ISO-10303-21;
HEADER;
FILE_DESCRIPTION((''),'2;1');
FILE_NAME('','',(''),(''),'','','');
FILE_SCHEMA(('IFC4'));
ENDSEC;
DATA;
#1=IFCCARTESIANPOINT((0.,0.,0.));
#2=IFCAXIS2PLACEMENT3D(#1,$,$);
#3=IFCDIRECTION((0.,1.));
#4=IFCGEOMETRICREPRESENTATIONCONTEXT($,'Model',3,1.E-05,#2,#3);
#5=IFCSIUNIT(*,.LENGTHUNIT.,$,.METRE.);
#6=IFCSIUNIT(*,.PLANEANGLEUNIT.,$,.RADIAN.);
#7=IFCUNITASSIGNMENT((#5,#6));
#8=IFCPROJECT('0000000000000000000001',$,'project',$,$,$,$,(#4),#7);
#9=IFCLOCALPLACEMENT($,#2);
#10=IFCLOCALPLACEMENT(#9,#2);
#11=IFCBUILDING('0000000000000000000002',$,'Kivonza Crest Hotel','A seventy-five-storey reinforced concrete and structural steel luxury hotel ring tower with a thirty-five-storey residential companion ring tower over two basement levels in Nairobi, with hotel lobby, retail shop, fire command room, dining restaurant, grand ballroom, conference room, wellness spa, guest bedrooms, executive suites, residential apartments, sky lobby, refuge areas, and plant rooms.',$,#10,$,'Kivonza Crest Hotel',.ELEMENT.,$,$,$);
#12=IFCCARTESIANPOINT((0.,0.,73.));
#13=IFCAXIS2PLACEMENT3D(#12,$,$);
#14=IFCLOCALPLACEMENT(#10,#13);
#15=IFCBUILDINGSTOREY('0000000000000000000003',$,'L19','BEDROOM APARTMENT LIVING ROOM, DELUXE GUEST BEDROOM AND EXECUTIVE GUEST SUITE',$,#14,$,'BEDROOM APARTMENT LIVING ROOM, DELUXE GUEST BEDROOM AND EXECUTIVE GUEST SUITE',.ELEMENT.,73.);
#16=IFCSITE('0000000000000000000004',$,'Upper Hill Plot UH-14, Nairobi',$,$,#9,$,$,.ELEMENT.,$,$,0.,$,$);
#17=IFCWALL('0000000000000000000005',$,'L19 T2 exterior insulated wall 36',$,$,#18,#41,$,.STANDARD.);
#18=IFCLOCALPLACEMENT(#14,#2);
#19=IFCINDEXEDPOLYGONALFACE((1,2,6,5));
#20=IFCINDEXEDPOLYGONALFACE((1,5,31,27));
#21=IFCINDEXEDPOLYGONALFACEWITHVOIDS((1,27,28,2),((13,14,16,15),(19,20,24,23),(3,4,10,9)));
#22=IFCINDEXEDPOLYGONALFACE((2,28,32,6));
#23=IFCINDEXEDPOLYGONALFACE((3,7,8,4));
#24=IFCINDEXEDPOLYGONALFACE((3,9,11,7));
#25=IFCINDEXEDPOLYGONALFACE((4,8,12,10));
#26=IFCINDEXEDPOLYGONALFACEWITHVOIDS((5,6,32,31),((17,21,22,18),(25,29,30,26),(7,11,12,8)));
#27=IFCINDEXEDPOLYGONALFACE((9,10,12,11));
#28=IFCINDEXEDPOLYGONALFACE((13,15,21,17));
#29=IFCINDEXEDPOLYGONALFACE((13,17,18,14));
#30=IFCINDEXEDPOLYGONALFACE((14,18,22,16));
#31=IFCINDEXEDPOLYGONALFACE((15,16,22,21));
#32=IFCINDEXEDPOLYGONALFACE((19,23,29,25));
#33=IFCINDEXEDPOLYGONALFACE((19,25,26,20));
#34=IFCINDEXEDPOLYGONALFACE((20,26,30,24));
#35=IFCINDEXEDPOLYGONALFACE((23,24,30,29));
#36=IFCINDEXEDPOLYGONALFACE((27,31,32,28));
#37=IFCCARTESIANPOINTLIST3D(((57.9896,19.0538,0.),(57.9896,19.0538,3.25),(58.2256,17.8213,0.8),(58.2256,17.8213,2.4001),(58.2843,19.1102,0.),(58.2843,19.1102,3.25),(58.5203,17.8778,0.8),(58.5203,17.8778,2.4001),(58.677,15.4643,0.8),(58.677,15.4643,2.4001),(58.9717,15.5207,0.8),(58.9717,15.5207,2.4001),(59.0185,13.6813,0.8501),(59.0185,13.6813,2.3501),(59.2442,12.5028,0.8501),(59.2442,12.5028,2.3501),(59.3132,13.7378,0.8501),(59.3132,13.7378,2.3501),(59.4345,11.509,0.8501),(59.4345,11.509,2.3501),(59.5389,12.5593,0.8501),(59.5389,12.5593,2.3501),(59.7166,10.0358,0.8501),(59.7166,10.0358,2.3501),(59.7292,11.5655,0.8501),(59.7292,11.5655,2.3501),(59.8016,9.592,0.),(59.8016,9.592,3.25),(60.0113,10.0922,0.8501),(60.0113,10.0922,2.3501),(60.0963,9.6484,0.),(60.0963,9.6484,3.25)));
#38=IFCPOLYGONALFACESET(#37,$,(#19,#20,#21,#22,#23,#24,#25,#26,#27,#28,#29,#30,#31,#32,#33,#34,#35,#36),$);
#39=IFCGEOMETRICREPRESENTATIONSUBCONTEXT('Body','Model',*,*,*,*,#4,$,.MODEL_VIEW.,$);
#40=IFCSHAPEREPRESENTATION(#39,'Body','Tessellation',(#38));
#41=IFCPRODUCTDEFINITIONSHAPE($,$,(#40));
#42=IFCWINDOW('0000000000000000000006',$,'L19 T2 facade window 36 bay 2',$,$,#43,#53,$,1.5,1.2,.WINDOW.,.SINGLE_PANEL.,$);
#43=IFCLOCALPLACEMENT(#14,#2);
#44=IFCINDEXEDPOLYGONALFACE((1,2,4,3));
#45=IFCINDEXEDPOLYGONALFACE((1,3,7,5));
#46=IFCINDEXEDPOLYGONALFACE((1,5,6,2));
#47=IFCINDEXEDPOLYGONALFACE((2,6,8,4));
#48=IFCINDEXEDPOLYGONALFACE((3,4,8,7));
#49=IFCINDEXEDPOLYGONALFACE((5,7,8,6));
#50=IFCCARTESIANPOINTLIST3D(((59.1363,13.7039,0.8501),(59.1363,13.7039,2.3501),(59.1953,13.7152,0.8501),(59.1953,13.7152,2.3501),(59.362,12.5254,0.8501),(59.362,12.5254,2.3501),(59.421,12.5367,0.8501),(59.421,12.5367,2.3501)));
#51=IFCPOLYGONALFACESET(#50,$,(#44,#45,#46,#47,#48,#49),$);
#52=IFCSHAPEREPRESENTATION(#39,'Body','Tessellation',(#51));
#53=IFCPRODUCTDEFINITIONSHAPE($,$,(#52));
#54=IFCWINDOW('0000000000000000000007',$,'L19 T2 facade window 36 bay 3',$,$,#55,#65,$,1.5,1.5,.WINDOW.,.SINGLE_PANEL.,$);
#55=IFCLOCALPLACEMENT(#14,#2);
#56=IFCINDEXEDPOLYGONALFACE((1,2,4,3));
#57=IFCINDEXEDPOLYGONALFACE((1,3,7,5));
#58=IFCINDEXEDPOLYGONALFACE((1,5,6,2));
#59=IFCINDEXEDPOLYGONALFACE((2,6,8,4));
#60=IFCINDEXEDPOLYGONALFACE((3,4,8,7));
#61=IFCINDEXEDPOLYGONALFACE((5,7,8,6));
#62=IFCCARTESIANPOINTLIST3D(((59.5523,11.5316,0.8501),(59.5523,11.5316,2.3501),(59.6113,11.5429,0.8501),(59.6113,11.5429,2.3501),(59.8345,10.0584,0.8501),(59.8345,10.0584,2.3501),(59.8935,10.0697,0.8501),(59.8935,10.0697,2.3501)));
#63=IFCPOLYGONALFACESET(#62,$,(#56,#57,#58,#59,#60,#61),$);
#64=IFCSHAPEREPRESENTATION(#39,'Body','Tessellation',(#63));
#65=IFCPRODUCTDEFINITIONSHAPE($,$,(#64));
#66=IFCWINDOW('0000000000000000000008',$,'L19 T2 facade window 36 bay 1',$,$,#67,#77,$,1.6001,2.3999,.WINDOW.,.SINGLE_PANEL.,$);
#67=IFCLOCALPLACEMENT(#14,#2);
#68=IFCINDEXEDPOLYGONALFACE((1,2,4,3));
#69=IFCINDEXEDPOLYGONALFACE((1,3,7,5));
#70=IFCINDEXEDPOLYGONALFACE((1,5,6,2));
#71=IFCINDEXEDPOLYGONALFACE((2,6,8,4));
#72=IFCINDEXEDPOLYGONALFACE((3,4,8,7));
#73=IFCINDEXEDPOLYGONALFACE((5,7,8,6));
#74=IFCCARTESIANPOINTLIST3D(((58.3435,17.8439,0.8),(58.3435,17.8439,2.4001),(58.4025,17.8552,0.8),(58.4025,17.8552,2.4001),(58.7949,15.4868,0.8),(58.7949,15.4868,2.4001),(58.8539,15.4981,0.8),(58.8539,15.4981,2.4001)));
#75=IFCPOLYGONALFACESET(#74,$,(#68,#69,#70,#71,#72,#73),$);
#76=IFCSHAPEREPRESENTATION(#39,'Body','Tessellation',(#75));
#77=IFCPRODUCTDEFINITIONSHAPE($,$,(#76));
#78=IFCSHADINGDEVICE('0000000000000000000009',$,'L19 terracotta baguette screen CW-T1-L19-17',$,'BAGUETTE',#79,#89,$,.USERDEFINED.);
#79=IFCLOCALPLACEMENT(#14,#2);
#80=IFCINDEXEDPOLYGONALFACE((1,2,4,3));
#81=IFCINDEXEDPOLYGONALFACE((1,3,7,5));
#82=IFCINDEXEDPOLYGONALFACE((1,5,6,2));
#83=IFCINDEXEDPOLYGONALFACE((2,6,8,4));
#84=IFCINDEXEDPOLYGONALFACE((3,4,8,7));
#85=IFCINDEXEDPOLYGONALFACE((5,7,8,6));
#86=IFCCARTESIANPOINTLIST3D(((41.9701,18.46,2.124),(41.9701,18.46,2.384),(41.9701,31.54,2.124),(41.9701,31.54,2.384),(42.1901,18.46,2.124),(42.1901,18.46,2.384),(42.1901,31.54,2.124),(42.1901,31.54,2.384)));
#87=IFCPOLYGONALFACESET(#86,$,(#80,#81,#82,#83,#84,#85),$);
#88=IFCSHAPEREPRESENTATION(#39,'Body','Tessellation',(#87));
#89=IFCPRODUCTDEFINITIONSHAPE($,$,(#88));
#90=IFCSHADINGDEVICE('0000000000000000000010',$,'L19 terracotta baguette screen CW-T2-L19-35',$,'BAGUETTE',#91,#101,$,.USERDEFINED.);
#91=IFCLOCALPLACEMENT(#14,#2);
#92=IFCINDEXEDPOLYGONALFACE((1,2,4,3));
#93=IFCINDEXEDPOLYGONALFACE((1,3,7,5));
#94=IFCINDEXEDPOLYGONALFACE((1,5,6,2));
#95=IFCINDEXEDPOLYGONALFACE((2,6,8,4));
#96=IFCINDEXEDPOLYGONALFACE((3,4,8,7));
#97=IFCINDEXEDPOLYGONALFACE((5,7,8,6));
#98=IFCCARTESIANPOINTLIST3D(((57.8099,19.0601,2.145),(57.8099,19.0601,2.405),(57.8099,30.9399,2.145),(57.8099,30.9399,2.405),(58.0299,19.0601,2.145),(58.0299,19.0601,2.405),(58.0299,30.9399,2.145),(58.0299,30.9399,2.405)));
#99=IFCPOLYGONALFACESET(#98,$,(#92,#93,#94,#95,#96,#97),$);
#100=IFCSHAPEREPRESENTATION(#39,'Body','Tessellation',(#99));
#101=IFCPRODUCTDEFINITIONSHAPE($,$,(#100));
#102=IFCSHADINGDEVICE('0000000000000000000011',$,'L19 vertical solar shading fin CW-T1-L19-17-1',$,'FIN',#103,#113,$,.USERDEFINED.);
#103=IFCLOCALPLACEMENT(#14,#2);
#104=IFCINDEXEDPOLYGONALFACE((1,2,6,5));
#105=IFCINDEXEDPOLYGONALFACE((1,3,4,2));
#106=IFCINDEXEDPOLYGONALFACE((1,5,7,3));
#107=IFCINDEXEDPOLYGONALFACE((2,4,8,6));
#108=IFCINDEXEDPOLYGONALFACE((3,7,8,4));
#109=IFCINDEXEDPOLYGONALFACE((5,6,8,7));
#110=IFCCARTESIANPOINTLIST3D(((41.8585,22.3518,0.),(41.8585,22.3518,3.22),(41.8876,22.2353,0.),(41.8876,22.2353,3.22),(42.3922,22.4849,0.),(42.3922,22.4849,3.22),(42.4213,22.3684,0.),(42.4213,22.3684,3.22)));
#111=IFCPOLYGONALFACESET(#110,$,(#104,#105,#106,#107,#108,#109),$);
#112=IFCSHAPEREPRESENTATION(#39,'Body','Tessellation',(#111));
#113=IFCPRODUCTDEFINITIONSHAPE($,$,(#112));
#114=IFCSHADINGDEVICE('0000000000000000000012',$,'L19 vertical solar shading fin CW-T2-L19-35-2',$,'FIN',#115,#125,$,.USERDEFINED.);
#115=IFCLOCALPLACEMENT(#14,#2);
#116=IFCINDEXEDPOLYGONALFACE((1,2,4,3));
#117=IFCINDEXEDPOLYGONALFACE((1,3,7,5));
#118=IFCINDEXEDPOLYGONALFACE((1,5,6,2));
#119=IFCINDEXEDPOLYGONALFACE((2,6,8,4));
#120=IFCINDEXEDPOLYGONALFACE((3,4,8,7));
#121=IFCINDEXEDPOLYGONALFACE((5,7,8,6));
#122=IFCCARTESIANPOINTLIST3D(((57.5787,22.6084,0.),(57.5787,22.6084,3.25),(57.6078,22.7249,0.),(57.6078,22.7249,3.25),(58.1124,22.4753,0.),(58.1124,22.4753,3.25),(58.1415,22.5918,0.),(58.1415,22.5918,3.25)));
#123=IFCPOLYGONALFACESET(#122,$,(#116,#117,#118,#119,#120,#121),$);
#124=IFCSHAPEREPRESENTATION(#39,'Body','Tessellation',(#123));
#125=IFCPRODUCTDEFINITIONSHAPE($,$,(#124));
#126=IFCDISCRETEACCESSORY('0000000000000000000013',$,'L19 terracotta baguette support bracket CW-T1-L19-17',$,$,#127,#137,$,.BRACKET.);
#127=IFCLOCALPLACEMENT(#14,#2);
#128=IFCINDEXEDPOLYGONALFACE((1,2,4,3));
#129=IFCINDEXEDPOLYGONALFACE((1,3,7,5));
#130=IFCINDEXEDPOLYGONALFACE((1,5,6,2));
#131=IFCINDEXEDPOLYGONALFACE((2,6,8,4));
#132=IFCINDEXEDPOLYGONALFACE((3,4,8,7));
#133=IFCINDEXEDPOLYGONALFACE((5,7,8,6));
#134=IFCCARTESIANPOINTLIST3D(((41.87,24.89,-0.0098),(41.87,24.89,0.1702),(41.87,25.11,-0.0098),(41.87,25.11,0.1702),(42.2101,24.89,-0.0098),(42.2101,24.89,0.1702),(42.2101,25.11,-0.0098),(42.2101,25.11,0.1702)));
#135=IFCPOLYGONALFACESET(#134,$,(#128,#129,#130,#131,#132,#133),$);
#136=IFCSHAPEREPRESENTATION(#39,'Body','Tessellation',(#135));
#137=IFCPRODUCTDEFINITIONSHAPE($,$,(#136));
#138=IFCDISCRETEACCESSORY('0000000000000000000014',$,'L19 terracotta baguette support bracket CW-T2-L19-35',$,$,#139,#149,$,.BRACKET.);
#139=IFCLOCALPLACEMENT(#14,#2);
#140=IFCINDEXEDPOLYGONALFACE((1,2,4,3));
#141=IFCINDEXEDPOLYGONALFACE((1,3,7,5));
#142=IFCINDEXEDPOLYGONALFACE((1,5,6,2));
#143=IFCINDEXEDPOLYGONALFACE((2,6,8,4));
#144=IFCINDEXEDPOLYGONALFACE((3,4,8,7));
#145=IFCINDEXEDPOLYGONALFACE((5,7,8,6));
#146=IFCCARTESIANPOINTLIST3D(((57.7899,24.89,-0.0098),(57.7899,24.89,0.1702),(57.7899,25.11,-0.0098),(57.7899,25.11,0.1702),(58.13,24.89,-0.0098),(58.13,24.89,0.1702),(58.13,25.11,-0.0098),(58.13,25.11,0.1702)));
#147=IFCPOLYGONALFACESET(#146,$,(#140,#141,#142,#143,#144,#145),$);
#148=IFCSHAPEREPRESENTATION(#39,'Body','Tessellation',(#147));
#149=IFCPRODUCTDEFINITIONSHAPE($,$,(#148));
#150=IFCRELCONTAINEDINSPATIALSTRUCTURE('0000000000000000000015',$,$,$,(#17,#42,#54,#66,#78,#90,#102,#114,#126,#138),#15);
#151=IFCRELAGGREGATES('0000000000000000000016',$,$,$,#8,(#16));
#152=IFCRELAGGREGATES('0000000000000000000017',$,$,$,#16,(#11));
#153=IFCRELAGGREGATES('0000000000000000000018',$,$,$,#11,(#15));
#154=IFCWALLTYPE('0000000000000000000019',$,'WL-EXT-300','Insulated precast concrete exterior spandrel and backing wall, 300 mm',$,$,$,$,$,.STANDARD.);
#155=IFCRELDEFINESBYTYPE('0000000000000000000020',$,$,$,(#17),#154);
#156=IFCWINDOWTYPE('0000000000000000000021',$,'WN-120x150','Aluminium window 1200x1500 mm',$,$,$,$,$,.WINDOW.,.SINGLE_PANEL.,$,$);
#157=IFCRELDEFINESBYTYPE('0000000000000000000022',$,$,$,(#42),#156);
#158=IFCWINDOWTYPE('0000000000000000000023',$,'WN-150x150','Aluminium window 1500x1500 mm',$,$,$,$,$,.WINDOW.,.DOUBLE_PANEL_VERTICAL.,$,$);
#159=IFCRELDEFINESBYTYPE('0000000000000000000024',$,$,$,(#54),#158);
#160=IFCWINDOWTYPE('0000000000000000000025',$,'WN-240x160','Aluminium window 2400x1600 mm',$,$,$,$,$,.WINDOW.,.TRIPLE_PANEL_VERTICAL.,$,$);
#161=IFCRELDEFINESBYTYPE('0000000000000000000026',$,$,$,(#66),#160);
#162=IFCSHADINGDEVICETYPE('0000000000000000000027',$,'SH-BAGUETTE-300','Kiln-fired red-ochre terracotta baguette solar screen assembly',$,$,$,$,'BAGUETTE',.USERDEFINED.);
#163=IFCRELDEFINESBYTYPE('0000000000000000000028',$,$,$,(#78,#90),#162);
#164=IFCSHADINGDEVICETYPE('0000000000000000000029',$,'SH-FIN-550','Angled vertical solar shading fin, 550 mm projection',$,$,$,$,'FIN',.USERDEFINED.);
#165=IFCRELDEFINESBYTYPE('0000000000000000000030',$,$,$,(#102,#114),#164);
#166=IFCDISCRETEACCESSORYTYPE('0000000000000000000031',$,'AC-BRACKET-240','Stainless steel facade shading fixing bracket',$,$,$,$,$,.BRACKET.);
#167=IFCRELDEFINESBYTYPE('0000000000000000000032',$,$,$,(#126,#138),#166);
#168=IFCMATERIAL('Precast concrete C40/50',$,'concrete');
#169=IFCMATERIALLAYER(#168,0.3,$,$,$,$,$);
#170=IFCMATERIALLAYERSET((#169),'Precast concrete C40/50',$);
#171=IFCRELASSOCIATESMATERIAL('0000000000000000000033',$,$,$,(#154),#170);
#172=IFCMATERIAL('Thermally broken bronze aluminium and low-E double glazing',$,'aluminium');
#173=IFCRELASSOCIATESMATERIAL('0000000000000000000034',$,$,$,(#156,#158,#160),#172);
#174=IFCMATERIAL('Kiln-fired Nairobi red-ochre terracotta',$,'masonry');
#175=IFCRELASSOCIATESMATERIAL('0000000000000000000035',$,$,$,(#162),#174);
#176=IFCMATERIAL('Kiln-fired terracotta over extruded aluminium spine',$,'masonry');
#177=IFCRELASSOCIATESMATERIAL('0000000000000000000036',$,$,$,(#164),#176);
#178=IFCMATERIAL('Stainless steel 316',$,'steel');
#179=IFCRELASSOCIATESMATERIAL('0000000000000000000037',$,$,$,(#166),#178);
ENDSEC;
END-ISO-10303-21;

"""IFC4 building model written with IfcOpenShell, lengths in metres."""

from ifc_helpers import new_model, si_unit, direction, frame, frame_2d, origin, origin_2d, place, context, subcontext, project, spatial, rectangle, extrude, material, layer, layer_set, type_object, element, fill, save


model = new_model("IFC4")

# Units and contexts
model_context = context("Model", 3, precision=1e-05, world=origin(), true_north=direction((0.0, 1.0)))
body_context = subcontext(model_context, "Body", "Model", "MODEL_VIEW")
ifc_project = project(units=[si_unit("LENGTHUNIT", "METRE"), si_unit("PLANEANGLEUNIT", "RADIAN")], contexts=[model_context])

# Site, building, storey
site_placement = place(None, origin())
site = spatial("IfcSite", under=ifc_project, at=site_placement, Name="Upper Hill Plot UH-14, Nairobi", CompositionType="ELEMENT", RefElevation=0.0)
building_placement = place(site_placement, origin())
building = spatial("IfcBuilding", under=site, at=building_placement, Name="Kivonza Crest Hotel", Description="A seventy-five-storey reinforced concrete and structural steel luxury hotel ring tower with a thirty-five-storey residential companion ring tower over two basement levels in Nairobi, with hotel lobby, retail shop, fire command room, dining restaurant, grand ballroom, conference room, wellness spa, guest bedrooms, executive suites, residential apartments, sky lobby, refuge areas, and plant rooms.", LongName="Kivonza Crest Hotel", CompositionType="ELEMENT")
storey_placement = place(building_placement, frame((0.0, 0.0, 73.0)))
storey = spatial("IfcBuildingStorey", under=building, at=storey_placement, Name="L19", Description="BEDROOM APARTMENT LIVING ROOM, DELUXE GUEST BEDROOM AND EXECUTIVE GUEST SUITE", LongName="BEDROOM APARTMENT LIVING ROOM, DELUXE GUEST BEDROOM AND EXECUTIVE GUEST SUITE", CompositionType="ELEMENT", Elevation=73.0)

# Wall, openings, windows
ifc_material_1 = material(Name="Precast concrete C40/50", Category="concrete")
ifc_layer_1 = layer(ifc_material_1, 0.3)
ifc_layer_set_1 = layer_set([ifc_layer_1], Name="Precast concrete C40/50")
wall_type_1 = type_object("IfcWallType", Name="WL-EXT-300", Description="Insulated precast concrete exterior spandrel and backing wall, 300 mm", PredefinedType="STANDARD", material=ifc_layer_set_1)
wall_1_placement = place(storey_placement, frame((58.137, 19.082, 0.0), z_axis=(0.0, 0.0, 1.0), x_axis=(0.188088, -0.982152, 0.0)))
wall_1 = element("IfcWall", 1, at=wall_1_placement, inside=storey, type_object=wall_type_1, Name="L19 T2 exterior insulated wall 36", PredefinedType="STANDARD", context=body_context, shape_type="SweptSolid", body=[
    extrude(rectangle(XDim=9.6338, YDim=0.3, at=frame_2d((4.8169, 0.0))), origin(), (0.0, 0.0, 1.0), 3.25),
])
opening_1_placement = place(wall_1_placement, frame((1.2549, 0.0, 0.8)))
opening_1 = element("IfcOpeningElement", 2, at=opening_1_placement, cuts=wall_1, PredefinedType="OPENING", context=body_context, shape_type="SweptSolid", body=[
    extrude(rectangle(XDim=2.3999, YDim=1.6001, at=frame_2d((1.2, 0.8))), frame((0.0, 0.1602, 0.0), z_axis=(0.0, -1.0, 0.0), x_axis=(1.0, 0.0, 0.0)), (0.0, 0.0, 1.0), 0.3201),
])
opening_2_placement = place(wall_1_placement, frame((5.47, 0.0, 0.8501)))
opening_2 = element("IfcOpeningElement", 3, at=opening_2_placement, cuts=wall_1, PredefinedType="OPENING", context=body_context, shape_type="SweptSolid", body=[
    extrude(rectangle(XDim=1.2, YDim=1.5, at=frame_2d((0.6001, 0.75))), frame((0.0, 0.1602, 0.0), z_axis=(0.0, -1.0, 0.0), x_axis=(1.0, 0.0, 0.0)), (0.0, 0.0, 1.0), 0.3201),
])
opening_3_placement = place(wall_1_placement, frame((7.6819, 0.0, 0.8501)))
opening_3 = element("IfcOpeningElement", 4, at=opening_3_placement, cuts=wall_1, PredefinedType="OPENING", context=body_context, shape_type="SweptSolid", body=[
    extrude(rectangle(XDim=1.5, YDim=1.5, at=frame_2d((0.75, 0.75))), frame((0.0, 0.1602, 0.0), z_axis=(0.0, -1.0, 0.0), x_axis=(1.0, 0.0, 0.0)), (0.0, 0.0, 1.0), 0.3201),
])
ifc_material_2 = material(Name="Thermally broken bronze aluminium and low-E double glazing", Category="aluminium")
window_type_1 = type_object("IfcWindowType", Name="WN-120x150", Description="Aluminium window 1200x1500 mm", PartitioningType="SINGLE_PANEL", PredefinedType="WINDOW", material=ifc_material_2)
window_1_placement = place(opening_2_placement, origin())
window_1 = element("IfcWindow", 5, at=window_1_placement, inside=storey, type_object=window_type_1, Name="L19 T2 facade window 36 bay 2", OverallHeight=1.5, OverallWidth=1.2, PartitioningType="SINGLE_PANEL", PredefinedType="WINDOW", context=body_context, shape_type="SweptSolid", body=[
    extrude(rectangle(XDim=1.2, YDim=1.5, at=frame_2d((0.6001, 0.75))), frame((0.0, 0.03, 0.0), z_axis=(0.0, -1.0, 0.0), x_axis=(1.0, 0.0, 0.0)), (0.0, 0.0, 1.0), 0.0601),
])
fill(opening_2, window_1)
window_type_2 = type_object("IfcWindowType", Name="WN-150x150", Description="Aluminium window 1500x1500 mm", PartitioningType="DOUBLE_PANEL_VERTICAL", PredefinedType="WINDOW", material=ifc_material_2)
window_2_placement = place(opening_3_placement, origin())
window_2 = element("IfcWindow", 6, at=window_2_placement, inside=storey, type_object=window_type_2, Name="L19 T2 facade window 36 bay 3", OverallHeight=1.5, OverallWidth=1.5, PartitioningType="SINGLE_PANEL", PredefinedType="WINDOW", context=body_context, shape_type="SweptSolid", body=[
    extrude(rectangle(XDim=1.5, YDim=1.5, at=frame_2d((0.75, 0.75))), frame((0.0, 0.03, 0.0), z_axis=(0.0, -1.0, 0.0), x_axis=(1.0, 0.0, 0.0)), (0.0, 0.0, 1.0), 0.0601),
])
fill(opening_3, window_2)
window_type_3 = type_object("IfcWindowType", Name="WN-240x160", Description="Aluminium window 2400x1600 mm", PartitioningType="TRIPLE_PANEL_VERTICAL", PredefinedType="WINDOW", material=ifc_material_2)
window_3_placement = place(opening_1_placement, origin())
window_3 = element("IfcWindow", 7, at=window_3_placement, inside=storey, type_object=window_type_3, Name="L19 T2 facade window 36 bay 1", OverallHeight=1.6001, OverallWidth=2.3999, PartitioningType="SINGLE_PANEL", PredefinedType="WINDOW", context=body_context, shape_type="SweptSolid", body=[
    extrude(rectangle(XDim=2.3999, YDim=1.6001, at=frame_2d((1.2, 0.8))), frame((0.0, 0.03, 0.0), z_axis=(0.0, -1.0, 0.0), x_axis=(1.0, 0.0, 0.0)), (0.0, 0.0, 1.0), 0.0601),
])
fill(opening_1, window_3)

# Shading devices
ifc_material_3 = material(Name="Kiln-fired Nairobi red-ochre terracotta", Category="masonry")
shading_device_type_1 = type_object("IfcShadingDeviceType", Name="SH-BAGUETTE-300", Description="Kiln-fired red-ochre terracotta baguette solar screen assembly", ElementType="BAGUETTE", PredefinedType="USERDEFINED", material=ifc_material_3)
shading_device_1_placement = place(storey_placement, frame((42.0801, 25.0, 2.124), z_axis=(0.0, 0.0, 1.0), x_axis=(0.0, 1.0, 0.0)))
element("IfcShadingDevice", 8, at=shading_device_1_placement, inside=storey, type_object=shading_device_type_1, Name="L19 terracotta baguette screen CW-T1-L19-17", ObjectType="BAGUETTE", PredefinedType="USERDEFINED", context=body_context, shape_type="SweptSolid", body=[
    extrude(rectangle(XDim=13.0801, YDim=0.22, at=origin_2d()), origin(), (0.0, 0.0, 1.0), 0.26),
])
shading_device_2_placement = place(storey_placement, frame((57.9199, 25.0, 2.145), z_axis=(0.0, 0.0, 1.0), x_axis=(0.0, -1.0, 0.0)))
element("IfcShadingDevice", 9, at=shading_device_2_placement, inside=storey, type_object=shading_device_type_1, Name="L19 terracotta baguette screen CW-T2-L19-35", ObjectType="BAGUETTE", PredefinedType="USERDEFINED", context=body_context, shape_type="SweptSolid", body=[
    extrude(rectangle(XDim=11.8799, YDim=0.22, at=origin_2d()), origin(), (0.0, 0.0, 1.0), 0.26),
])
ifc_material_4 = material(Name="Kiln-fired terracotta over extruded aluminium spine", Category="masonry")
shading_device_type_2 = type_object("IfcShadingDeviceType", Name="SH-FIN-550", Description="Angled vertical solar shading fin, 550 mm projection", ElementType="FIN", PredefinedType="USERDEFINED", material=ifc_material_4)
shading_device_3_placement = place(storey_placement, frame((42.1399, 22.3601, 0.0), z_axis=(0.0, 0.0, 1.0), x_axis=(-0.241922, 0.970296, 0.0)))
element("IfcShadingDevice", 10, at=shading_device_3_placement, inside=storey, type_object=shading_device_type_2, Name="L19 vertical solar shading fin CW-T1-L19-17-1", ObjectType="FIN", PredefinedType="USERDEFINED", context=body_context, shape_type="SweptSolid", body=[
    extrude(rectangle(XDim=0.1201, YDim=0.55, at=origin_2d()), origin(), (0.0, 0.0, 1.0), 3.22),
])
shading_device_4_placement = place(storey_placement, frame((57.8601, 22.6001, 0.0), z_axis=(0.0, 0.0, 1.0), x_axis=(-0.241922, -0.970296, 0.0)))
element("IfcShadingDevice", 11, at=shading_device_4_placement, inside=storey, type_object=shading_device_type_2, Name="L19 vertical solar shading fin CW-T2-L19-35-2", ObjectType="FIN", PredefinedType="USERDEFINED", context=body_context, shape_type="SweptSolid", body=[
    extrude(rectangle(XDim=0.1201, YDim=0.55, at=origin_2d()), origin(), (0.0, 0.0, 1.0), 3.25),
])

# Discrete accessories
ifc_material_5 = material(Name="Stainless steel 316", Category="steel")
discrete_accessory_type = type_object("IfcDiscreteAccessoryType", Name="AC-BRACKET-240", Description="Stainless steel facade shading fixing bracket", PredefinedType="BRACKET", material=ifc_material_5)
for number, where, z_axis, x_axis, name in (
    (12, (42.04, 25.0, -0.0098), (0.0, 0.0, 1.0), (0.0, 1.0, 0.0), "L19 terracotta baguette support bracket CW-T1-L19-17"),
    (13, (57.96, 25.0, -0.0098), (0.0, 0.0, 1.0), (0.0, -1.0, 0.0), "L19 terracotta baguette support bracket CW-T2-L19-35"),
):
    element("IfcDiscreteAccessory", number, at=place(storey_placement, frame(where, z_axis=z_axis, x_axis=x_axis)), inside=storey, type_object=discrete_accessory_type, Name=name, PredefinedType="BRACKET", context=body_context, shape_type="SweptSolid", body=[
        extrude(rectangle(XDim=0.22, YDim=0.3401, at=origin_2d()), origin(), (0.0, 0.0, 1.0), 0.1799),
    ])

save(model, "model.ifc")
